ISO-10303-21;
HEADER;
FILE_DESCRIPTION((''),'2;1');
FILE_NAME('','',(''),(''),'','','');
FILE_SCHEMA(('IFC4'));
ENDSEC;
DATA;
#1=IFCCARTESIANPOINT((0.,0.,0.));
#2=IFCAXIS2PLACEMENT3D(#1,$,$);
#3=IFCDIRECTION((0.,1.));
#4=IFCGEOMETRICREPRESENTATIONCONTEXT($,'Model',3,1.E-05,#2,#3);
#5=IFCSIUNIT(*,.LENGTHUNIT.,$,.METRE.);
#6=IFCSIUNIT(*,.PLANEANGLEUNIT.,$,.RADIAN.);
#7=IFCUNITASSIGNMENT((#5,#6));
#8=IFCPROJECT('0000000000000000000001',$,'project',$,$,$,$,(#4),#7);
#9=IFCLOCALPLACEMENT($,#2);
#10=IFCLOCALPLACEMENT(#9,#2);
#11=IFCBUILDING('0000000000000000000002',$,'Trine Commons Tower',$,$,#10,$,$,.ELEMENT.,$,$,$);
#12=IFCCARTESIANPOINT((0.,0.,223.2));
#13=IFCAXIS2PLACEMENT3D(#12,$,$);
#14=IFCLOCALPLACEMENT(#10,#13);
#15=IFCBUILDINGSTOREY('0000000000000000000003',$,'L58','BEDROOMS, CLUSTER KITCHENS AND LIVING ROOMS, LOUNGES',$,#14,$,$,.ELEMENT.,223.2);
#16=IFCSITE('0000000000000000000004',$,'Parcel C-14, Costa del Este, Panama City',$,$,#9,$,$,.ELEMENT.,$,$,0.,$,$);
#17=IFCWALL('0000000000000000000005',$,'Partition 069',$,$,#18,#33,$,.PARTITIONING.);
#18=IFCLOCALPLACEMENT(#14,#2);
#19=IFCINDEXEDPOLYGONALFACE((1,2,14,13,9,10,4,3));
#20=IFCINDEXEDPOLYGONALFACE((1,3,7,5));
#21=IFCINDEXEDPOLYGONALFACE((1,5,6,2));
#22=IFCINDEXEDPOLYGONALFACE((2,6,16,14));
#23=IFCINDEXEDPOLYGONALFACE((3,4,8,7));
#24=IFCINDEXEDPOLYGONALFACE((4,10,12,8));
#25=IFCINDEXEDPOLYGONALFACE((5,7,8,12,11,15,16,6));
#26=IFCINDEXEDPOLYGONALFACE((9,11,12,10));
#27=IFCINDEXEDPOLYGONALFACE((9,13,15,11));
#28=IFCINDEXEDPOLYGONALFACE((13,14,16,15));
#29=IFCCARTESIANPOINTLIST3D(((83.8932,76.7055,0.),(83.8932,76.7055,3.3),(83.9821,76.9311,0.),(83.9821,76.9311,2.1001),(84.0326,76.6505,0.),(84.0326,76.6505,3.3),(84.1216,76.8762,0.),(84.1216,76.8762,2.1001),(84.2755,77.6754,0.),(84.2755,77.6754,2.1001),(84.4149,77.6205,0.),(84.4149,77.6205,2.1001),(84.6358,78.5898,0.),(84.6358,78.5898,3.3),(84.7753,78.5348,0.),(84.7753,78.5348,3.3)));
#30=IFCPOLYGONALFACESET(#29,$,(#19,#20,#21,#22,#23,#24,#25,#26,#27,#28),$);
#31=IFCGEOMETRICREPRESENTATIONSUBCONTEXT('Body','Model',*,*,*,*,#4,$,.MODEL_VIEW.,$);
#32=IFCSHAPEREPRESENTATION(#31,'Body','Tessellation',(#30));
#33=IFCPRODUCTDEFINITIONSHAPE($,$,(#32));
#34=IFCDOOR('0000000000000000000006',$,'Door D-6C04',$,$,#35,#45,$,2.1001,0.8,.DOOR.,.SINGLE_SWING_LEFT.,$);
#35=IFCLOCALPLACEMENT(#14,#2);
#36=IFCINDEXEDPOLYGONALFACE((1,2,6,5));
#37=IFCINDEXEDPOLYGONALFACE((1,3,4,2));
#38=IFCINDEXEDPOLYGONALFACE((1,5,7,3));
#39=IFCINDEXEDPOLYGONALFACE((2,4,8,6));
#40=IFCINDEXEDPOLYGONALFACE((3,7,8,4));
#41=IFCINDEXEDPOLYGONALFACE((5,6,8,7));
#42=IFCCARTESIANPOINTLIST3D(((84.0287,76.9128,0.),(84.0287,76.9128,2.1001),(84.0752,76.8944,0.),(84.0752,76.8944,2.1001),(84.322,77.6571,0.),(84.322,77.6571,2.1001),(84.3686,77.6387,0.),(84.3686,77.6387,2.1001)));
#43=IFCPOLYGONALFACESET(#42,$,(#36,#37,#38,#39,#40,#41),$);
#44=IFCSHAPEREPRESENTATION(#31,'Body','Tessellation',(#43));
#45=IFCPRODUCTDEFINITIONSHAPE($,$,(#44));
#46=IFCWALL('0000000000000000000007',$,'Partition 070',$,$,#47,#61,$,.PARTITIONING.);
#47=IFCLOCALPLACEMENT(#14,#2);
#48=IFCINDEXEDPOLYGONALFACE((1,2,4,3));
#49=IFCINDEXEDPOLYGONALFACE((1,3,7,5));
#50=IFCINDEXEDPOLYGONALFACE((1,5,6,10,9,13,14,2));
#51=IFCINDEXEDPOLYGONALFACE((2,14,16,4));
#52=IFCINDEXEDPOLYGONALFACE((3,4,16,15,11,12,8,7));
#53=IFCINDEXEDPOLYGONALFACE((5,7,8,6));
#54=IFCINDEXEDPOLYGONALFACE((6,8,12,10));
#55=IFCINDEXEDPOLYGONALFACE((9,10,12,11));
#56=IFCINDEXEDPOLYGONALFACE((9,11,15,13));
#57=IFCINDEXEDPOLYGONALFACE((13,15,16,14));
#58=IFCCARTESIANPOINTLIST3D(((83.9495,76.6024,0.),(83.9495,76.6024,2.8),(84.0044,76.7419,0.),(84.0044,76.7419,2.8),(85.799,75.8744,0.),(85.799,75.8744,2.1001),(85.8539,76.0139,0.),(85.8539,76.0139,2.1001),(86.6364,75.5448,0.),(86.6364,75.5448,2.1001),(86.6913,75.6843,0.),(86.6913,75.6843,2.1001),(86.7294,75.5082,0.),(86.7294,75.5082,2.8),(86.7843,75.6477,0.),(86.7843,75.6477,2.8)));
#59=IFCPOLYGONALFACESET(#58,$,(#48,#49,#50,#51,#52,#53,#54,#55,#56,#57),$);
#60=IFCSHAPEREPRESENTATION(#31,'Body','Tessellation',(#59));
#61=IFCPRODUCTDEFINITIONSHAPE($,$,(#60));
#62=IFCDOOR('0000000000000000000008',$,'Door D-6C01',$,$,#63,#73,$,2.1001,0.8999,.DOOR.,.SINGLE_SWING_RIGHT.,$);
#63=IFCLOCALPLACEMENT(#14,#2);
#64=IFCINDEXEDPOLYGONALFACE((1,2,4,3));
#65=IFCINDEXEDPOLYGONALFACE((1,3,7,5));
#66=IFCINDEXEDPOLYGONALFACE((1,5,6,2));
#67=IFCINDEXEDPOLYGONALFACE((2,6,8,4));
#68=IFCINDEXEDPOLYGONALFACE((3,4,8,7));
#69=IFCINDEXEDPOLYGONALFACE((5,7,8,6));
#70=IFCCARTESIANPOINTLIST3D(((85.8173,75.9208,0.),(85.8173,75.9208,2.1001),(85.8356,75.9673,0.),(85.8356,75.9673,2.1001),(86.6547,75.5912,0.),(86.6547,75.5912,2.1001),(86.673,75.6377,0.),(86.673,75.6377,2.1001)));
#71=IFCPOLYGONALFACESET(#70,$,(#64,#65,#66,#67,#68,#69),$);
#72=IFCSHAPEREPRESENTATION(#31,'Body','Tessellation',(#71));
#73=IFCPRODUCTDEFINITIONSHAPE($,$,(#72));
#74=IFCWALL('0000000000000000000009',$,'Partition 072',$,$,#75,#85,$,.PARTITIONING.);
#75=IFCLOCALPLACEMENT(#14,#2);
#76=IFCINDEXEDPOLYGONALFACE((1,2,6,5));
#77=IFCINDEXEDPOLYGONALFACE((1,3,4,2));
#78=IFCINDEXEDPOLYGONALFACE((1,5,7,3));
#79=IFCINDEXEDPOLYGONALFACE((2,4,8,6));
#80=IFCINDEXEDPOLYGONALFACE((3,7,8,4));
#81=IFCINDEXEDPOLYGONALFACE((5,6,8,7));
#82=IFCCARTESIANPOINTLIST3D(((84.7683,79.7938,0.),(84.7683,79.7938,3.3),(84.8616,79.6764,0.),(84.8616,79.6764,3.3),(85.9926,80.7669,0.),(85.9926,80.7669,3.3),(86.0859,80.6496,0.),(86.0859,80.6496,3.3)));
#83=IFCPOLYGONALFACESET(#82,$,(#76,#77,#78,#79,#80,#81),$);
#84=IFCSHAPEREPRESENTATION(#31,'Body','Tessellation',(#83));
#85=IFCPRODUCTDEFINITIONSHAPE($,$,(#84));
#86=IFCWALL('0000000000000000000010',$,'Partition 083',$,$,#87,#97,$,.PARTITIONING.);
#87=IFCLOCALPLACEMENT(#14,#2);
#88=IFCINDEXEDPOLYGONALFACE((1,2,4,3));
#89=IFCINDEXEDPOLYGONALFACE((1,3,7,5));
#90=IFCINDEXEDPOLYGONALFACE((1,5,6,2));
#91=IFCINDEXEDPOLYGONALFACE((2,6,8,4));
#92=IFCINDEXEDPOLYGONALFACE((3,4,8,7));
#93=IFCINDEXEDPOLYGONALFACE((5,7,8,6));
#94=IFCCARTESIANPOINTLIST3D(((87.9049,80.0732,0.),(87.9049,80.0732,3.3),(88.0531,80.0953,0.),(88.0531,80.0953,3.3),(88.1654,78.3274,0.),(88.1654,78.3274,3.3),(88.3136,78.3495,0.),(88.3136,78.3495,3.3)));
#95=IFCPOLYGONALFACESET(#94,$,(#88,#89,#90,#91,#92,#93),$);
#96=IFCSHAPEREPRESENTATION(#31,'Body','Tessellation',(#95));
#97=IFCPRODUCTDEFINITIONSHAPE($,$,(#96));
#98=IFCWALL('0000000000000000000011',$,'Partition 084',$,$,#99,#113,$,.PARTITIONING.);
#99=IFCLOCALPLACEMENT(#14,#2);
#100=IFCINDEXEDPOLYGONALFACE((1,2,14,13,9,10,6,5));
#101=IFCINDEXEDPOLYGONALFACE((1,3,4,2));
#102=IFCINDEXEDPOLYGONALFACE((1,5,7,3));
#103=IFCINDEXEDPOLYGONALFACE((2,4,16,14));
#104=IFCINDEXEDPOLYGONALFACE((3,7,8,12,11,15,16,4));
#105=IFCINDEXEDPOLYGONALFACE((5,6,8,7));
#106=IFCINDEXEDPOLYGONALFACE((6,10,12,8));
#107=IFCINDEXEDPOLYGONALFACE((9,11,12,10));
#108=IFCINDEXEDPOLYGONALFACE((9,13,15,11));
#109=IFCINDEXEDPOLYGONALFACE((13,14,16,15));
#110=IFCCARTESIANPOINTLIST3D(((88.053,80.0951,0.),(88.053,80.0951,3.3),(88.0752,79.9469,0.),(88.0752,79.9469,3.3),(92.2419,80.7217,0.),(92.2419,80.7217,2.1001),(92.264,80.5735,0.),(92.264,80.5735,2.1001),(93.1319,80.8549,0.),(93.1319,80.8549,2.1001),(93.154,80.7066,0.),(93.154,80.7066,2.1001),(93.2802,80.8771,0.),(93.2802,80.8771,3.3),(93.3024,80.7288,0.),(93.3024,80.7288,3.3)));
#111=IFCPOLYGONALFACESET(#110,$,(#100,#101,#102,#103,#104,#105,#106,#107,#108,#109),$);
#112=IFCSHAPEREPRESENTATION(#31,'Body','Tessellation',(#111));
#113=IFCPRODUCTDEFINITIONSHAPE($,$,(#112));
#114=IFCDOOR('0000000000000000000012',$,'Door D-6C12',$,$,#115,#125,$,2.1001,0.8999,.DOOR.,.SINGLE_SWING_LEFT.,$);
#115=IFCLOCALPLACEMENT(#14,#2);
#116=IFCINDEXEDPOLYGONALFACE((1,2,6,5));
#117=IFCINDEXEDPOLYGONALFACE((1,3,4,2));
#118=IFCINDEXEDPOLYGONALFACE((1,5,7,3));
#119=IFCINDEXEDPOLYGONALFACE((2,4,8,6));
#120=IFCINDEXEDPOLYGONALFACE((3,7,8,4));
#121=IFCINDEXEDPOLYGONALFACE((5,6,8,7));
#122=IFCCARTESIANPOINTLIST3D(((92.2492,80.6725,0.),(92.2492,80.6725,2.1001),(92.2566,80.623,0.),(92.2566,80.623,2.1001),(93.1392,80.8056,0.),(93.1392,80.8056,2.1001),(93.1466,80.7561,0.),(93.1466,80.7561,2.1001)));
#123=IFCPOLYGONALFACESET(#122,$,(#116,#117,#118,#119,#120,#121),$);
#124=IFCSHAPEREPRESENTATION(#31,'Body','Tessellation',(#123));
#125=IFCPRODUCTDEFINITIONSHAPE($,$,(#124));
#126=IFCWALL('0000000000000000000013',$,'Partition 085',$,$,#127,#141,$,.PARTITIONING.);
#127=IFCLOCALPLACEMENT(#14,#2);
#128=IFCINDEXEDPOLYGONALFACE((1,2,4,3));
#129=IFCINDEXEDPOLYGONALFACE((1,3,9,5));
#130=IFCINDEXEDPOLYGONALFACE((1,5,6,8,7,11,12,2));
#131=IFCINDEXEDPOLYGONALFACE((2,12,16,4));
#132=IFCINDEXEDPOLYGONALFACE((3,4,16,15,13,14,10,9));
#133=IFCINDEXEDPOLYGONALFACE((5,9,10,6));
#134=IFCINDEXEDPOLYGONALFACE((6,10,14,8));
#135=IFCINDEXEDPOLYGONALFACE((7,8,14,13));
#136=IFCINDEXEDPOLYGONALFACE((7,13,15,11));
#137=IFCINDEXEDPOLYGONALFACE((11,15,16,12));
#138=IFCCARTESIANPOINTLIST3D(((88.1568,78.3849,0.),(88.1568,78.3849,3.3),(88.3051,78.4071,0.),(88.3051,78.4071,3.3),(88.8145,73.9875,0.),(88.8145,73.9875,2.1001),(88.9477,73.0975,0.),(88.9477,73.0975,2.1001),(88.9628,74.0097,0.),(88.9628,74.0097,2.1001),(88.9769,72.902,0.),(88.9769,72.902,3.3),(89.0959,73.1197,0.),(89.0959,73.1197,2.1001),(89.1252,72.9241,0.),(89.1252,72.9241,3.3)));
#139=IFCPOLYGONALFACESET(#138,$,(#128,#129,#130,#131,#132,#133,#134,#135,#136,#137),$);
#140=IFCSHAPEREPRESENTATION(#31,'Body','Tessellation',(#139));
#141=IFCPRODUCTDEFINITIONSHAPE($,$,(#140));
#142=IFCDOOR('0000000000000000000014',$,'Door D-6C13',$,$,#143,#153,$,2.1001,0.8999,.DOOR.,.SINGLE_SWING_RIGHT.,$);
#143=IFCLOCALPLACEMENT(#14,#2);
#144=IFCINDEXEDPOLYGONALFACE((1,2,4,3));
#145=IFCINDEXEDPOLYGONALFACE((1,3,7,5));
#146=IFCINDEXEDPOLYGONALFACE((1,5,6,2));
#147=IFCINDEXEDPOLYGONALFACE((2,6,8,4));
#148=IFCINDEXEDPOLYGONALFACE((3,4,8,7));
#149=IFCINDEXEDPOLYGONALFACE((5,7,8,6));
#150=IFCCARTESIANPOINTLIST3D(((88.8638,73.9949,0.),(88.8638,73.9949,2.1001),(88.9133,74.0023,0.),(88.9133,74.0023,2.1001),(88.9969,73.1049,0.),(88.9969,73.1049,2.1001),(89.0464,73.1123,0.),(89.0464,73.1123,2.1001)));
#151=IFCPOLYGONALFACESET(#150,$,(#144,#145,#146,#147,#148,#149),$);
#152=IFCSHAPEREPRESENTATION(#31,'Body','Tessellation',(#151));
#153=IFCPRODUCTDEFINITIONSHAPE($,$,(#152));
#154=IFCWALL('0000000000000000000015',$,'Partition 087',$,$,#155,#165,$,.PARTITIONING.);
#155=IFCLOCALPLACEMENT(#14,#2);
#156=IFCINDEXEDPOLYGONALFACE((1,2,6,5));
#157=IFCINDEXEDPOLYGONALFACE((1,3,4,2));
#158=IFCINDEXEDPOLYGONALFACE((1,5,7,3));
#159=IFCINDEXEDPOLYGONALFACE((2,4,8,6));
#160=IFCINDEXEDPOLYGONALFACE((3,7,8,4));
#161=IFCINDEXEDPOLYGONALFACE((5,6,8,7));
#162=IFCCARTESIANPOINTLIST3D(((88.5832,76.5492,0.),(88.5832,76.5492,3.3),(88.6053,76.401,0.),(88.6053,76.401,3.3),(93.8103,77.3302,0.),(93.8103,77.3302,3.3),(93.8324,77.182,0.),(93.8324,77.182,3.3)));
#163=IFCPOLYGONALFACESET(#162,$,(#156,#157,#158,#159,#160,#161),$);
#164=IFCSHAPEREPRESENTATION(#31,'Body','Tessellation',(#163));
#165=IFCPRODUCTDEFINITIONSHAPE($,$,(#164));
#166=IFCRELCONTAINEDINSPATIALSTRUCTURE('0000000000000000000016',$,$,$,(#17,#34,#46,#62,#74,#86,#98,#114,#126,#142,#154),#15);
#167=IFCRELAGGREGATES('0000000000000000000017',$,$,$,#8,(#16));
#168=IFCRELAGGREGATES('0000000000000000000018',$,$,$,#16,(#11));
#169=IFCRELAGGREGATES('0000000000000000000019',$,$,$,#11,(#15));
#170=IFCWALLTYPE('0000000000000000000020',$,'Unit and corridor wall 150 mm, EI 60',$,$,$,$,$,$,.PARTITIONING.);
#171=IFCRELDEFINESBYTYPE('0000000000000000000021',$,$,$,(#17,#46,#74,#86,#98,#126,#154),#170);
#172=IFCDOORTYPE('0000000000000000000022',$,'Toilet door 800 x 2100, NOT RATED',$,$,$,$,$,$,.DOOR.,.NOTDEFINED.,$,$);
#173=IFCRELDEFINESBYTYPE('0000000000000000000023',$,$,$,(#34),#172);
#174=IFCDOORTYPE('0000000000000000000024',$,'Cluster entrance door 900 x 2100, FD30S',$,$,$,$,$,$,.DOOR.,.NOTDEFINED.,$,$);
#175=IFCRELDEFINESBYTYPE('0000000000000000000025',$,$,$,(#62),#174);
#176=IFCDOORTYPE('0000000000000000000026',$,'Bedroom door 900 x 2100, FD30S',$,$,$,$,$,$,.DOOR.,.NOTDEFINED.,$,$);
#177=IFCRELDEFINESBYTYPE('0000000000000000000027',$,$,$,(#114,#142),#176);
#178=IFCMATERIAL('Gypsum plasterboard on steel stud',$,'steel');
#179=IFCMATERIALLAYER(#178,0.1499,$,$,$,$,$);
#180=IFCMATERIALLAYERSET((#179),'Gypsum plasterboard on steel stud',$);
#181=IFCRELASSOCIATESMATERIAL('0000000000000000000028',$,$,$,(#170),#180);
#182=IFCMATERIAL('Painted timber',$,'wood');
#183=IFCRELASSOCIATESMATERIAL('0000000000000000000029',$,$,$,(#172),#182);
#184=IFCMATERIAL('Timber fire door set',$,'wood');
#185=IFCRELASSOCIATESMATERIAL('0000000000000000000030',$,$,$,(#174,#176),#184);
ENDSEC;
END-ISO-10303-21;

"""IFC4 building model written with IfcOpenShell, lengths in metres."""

from ifc_helpers import new_model, si_unit, direction, frame, frame_2d, origin, place, context, subcontext, project, spatial, rectangle, extrude, material, layer, layer_set, type_object, element, fill, save


model = new_model("IFC4")

# Units and contexts
model_context = context("Model", 3, precision=1e-05, world=origin(), true_north=direction((0.0, 1.0)))
body_context = subcontext(model_context, "Body", "Model", "MODEL_VIEW")
ifc_project = project(units=[si_unit("LENGTHUNIT", "METRE"), si_unit("PLANEANGLEUNIT", "RADIAN")], contexts=[model_context])

# Site, building, storey
site_placement = place(None, origin())
site = spatial("IfcSite", under=ifc_project, at=site_placement, Name="Parcel C-14, Costa del Este, Panama City", CompositionType="ELEMENT", RefElevation=0.0)
building_placement = place(site_placement, origin())
building = spatial("IfcBuilding", under=site, at=building_placement, Name="Trine Commons Tower", CompositionType="ELEMENT")
storey_placement = place(building_placement, frame((0.0, 0.0, 223.2)))
storey = spatial("IfcBuildingStorey", under=building, at=storey_placement, Name="L58", Description="BEDROOMS, CLUSTER KITCHENS AND LIVING ROOMS, LOUNGES", CompositionType="ELEMENT", Elevation=223.2)

# Shared definitions
ifc_material_1 = material(Name="Gypsum plasterboard on steel stud", Category="steel")
ifc_layer_1 = layer(ifc_material_1, 0.1499)
ifc_layer_set_1 = layer_set([ifc_layer_1], Name="Gypsum plasterboard on steel stud")
wall_type_1 = type_object("IfcWallType", Name="Unit and corridor wall 150 mm, EI 60", PredefinedType="PARTITIONING", material=ifc_layer_set_1)

# Walls, openings, doors
wall_1_placement = place(storey_placement, frame((83.9629, 76.678, 0.0), z_axis=(0.0, 0.0, 1.0), x_axis=(0.366689, 0.930344, 0.0)))
wall_1 = element("IfcWall", 1, at=wall_1_placement, inside=storey, type_object=wall_type_1, Name="Partition 069", PredefinedType="PARTITIONING", context=body_context, shape_type="SweptSolid", body=[
    extrude(rectangle(XDim=2.0254, YDim=0.1499, at=frame_2d((1.0127, 0.0))), origin(), (0.0, 0.0, 1.0), 3.3),
])
opening_1_placement = place(wall_1_placement, frame((0.2427, 0.0, 0.0)))
opening_1 = element("IfcOpeningElement", 2, at=opening_1_placement, cuts=wall_1, PredefinedType="OPENING", context=body_context, shape_type="SweptSolid", body=[
    extrude(rectangle(XDim=0.8, YDim=2.1001, at=frame_2d((0.3999, 1.05))), frame((0.0, 0.085, 0.0), z_axis=(0.0, -1.0, 0.0), x_axis=(1.0, 0.0, 0.0)), (0.0, 0.0, 1.0), 0.1699),
])
ifc_material_2 = material(Name="Painted timber", Category="wood")
door_type_1 = type_object("IfcDoorType", Name="Toilet door 800 x 2100, NOT RATED", OperationType="NOTDEFINED", PredefinedType="DOOR", material=ifc_material_2)
door_1_placement = place(opening_1_placement, origin())
door_1 = element("IfcDoor", 3, at=door_1_placement, inside=storey, type_object=door_type_1, Name="Door D-6C04", OperationType="SINGLE_SWING_LEFT", OverallHeight=2.1001, OverallWidth=0.8, PredefinedType="DOOR", context=body_context, shape_type="SweptSolid", body=[
    extrude(rectangle(XDim=0.8, YDim=2.1001, at=frame_2d((0.3999, 1.05))), frame((0.0, 0.0249, 0.0), z_axis=(0.0, -1.0, 0.0), x_axis=(1.0, 0.0, 0.0)), (0.0, 0.0, 1.0), 0.05),
])
fill(opening_1, door_1)
wall_2_placement = place(storey_placement, frame((83.9771, 76.6721, 0.0), z_axis=(0.0, 0.0, 1.0), x_axis=(0.930514, -0.366257, 0.0)))
wall_2 = element("IfcWall", 4, at=wall_2_placement, inside=storey, type_object=wall_type_1, Name="Partition 070", PredefinedType="PARTITIONING", context=body_context, shape_type="SweptSolid", body=[
    extrude(rectangle(XDim=2.9875, YDim=0.1499, at=frame_2d((1.4937, 0.0))), origin(), (0.0, 0.0, 1.0), 2.8),
])
opening_2_placement = place(wall_2_placement, frame((1.9875, 0.0, 0.0)))
opening_2 = element("IfcOpeningElement", 5, at=opening_2_placement, cuts=wall_2, PredefinedType="OPENING", context=body_context, shape_type="SweptSolid", body=[
    extrude(rectangle(XDim=0.8999, YDim=2.1001, at=frame_2d((0.45, 1.05))), frame((0.0, 0.085, 0.0), z_axis=(0.0, -1.0, 0.0), x_axis=(1.0, 0.0, 0.0)), (0.0, 0.0, 1.0), 0.1699),
])
ifc_material_3 = material(Name="Timber fire door set", Category="wood")
door_type_2 = type_object("IfcDoorType", Name="Cluster entrance door 900 x 2100, FD30S", OperationType="NOTDEFINED", PredefinedType="DOOR", material=ifc_material_3)
door_2_placement = place(opening_2_placement, origin())
door_2 = element("IfcDoor", 6, at=door_2_placement, inside=storey, type_object=door_type_2, Name="Door D-6C01", OperationType="SINGLE_SWING_RIGHT", OverallHeight=2.1001, OverallWidth=0.8999, PredefinedType="DOOR", context=body_context, shape_type="SweptSolid", body=[
    extrude(rectangle(XDim=0.8999, YDim=2.1001, at=frame_2d((0.45, 1.05))), frame((0.0, 0.0249, 0.0), z_axis=(0.0, -1.0, 0.0), x_axis=(1.0, 0.0, 0.0)), (0.0, 0.0, 1.0), 0.05),
])
fill(opening_2, door_2)

# Walls
wall_3_placement = place(storey_placement, frame((84.8149, 79.7351, 0.0), z_axis=(0.0, 0.0, 1.0), x_axis=(0.782845, 0.622217, 0.0)))
element("IfcWall", 7, at=wall_3_placement, inside=storey, type_object=wall_type_1, Name="Partition 072", PredefinedType="PARTITIONING", context=body_context, shape_type="SweptSolid", body=[
    extrude(rectangle(XDim=1.564, YDim=0.1499, at=frame_2d((0.782, 0.0))), origin(), (0.0, 0.0, 1.0), 3.3),
])
wall_4_placement = place(storey_placement, frame((87.979, 80.0842, 0.0), z_axis=(0.0, 0.0, 1.0), x_axis=(0.147576, -0.989051, 0.0)))
element("IfcWall", 8, at=wall_4_placement, inside=storey, type_object=wall_type_1, Name="Partition 083", PredefinedType="PARTITIONING", context=body_context, shape_type="SweptSolid", body=[
    extrude(rectangle(XDim=1.7651, YDim=0.1499, at=frame_2d((0.8826, 0.0))), origin(), (0.0, 0.0, 1.0), 3.3),
])

# Walls, openings, doors
wall_5_placement = place(storey_placement, frame((88.0642, 80.021, 0.0), z_axis=(0.0, 0.0, 1.0), x_axis=(0.988995, 0.14795, 0.0)))
wall_5 = element("IfcWall", 9, at=wall_5_placement, inside=storey, type_object=wall_type_1, Name="Partition 084", PredefinedType="PARTITIONING", context=body_context, shape_type="SweptSolid", body=[
    extrude(rectangle(XDim=5.2854, YDim=0.1499, at=frame_2d((2.6426, 0.0))), origin(), (0.0, 0.0, 1.0), 3.3),
])
opening_3_placement = place(wall_5_placement, frame((4.2354, 0.0, 0.0)))
opening_3 = element("IfcOpeningElement", 10, at=opening_3_placement, cuts=wall_5, PredefinedType="OPENING", context=body_context, shape_type="SweptSolid", body=[
    extrude(rectangle(XDim=0.8999, YDim=2.1001, at=frame_2d((0.45, 1.05))), frame((0.0, 0.085, 0.0), z_axis=(0.0, -1.0, 0.0), x_axis=(1.0, 0.0, 0.0)), (0.0, 0.0, 1.0), 0.1699),
])
door_type_3 = type_object("IfcDoorType", Name="Bedroom door 900 x 2100, FD30S", OperationType="NOTDEFINED", PredefinedType="DOOR", material=ifc_material_3)
door_3_placement = place(opening_3_placement, frame((0.8999, 0.0, 0.0), z_axis=(0.0, 0.0, 1.0), x_axis=(-1.0, 0.0, 0.0)))
door_3 = element("IfcDoor", 11, at=door_3_placement, inside=storey, type_object=door_type_3, Name="Door D-6C12", OperationType="SINGLE_SWING_LEFT", OverallHeight=2.1001, OverallWidth=0.8999, PredefinedType="DOOR", context=body_context, shape_type="SweptSolid", body=[
    extrude(rectangle(XDim=0.8999, YDim=2.1001, at=frame_2d((0.45, 1.05))), frame((0.0, 0.0249, 0.0), z_axis=(0.0, -1.0, 0.0), x_axis=(1.0, 0.0, 0.0)), (0.0, 0.0, 1.0), 0.05),
])
fill(opening_3, door_3)
wall_6_placement = place(storey_placement, frame((88.231, 78.396, 0.0), z_axis=(0.0, 0.0, 1.0), x_axis=(0.147923, -0.988999, 0.0)))
wall_6 = element("IfcWall", 12, at=wall_6_placement, inside=storey, type_object=wall_type_1, Name="Partition 085", PredefinedType="PARTITIONING", context=body_context, shape_type="SweptSolid", body=[
    extrude(rectangle(XDim=5.5439, YDim=0.1499, at=frame_2d((2.772, 0.0))), origin(), (0.0, 0.0, 1.0), 3.3),
])
opening_4_placement = place(wall_6_placement, frame((4.4463, 0.0, 0.0)))
opening_4 = element("IfcOpeningElement", 13, at=opening_4_placement, cuts=wall_6, PredefinedType="OPENING", context=body_context, shape_type="SweptSolid", body=[
    extrude(rectangle(XDim=0.8999, YDim=2.1001, at=frame_2d((0.45, 1.05))), frame((0.0, 0.085, 0.0), z_axis=(0.0, -1.0, 0.0), x_axis=(1.0, 0.0, 0.0)), (0.0, 0.0, 1.0), 0.1699),
])
door_4_placement = place(opening_4_placement, origin())
door_4 = element("IfcDoor", 14, at=door_4_placement, inside=storey, type_object=door_type_3, Name="Door D-6C13", OperationType="SINGLE_SWING_RIGHT", OverallHeight=2.1001, OverallWidth=0.8999, PredefinedType="DOOR", context=body_context, shape_type="SweptSolid", body=[
    extrude(rectangle(XDim=0.8999, YDim=2.1001, at=frame_2d((0.45, 1.05))), frame((0.0, 0.0249, 0.0), z_axis=(0.0, -1.0, 0.0), x_axis=(1.0, 0.0, 0.0)), (0.0, 0.0, 1.0), 0.05),
])
fill(opening_4, door_4)

# Wall
wall_7_placement = place(storey_placement, frame((88.5942, 76.4751, 0.0), z_axis=(0.0, 0.0, 1.0), x_axis=(0.989021, 0.147776, 0.0)))
element("IfcWall", 15, at=wall_7_placement, inside=storey, type_object=wall_type_1, Name="Partition 087", PredefinedType="PARTITIONING", context=body_context, shape_type="SweptSolid", body=[
    extrude(rectangle(XDim=5.2852, YDim=0.1499, at=frame_2d((2.6426, 0.0))), origin(), (0.0, 0.0, 1.0), 3.3),
])

save(model, "model.ifc")
